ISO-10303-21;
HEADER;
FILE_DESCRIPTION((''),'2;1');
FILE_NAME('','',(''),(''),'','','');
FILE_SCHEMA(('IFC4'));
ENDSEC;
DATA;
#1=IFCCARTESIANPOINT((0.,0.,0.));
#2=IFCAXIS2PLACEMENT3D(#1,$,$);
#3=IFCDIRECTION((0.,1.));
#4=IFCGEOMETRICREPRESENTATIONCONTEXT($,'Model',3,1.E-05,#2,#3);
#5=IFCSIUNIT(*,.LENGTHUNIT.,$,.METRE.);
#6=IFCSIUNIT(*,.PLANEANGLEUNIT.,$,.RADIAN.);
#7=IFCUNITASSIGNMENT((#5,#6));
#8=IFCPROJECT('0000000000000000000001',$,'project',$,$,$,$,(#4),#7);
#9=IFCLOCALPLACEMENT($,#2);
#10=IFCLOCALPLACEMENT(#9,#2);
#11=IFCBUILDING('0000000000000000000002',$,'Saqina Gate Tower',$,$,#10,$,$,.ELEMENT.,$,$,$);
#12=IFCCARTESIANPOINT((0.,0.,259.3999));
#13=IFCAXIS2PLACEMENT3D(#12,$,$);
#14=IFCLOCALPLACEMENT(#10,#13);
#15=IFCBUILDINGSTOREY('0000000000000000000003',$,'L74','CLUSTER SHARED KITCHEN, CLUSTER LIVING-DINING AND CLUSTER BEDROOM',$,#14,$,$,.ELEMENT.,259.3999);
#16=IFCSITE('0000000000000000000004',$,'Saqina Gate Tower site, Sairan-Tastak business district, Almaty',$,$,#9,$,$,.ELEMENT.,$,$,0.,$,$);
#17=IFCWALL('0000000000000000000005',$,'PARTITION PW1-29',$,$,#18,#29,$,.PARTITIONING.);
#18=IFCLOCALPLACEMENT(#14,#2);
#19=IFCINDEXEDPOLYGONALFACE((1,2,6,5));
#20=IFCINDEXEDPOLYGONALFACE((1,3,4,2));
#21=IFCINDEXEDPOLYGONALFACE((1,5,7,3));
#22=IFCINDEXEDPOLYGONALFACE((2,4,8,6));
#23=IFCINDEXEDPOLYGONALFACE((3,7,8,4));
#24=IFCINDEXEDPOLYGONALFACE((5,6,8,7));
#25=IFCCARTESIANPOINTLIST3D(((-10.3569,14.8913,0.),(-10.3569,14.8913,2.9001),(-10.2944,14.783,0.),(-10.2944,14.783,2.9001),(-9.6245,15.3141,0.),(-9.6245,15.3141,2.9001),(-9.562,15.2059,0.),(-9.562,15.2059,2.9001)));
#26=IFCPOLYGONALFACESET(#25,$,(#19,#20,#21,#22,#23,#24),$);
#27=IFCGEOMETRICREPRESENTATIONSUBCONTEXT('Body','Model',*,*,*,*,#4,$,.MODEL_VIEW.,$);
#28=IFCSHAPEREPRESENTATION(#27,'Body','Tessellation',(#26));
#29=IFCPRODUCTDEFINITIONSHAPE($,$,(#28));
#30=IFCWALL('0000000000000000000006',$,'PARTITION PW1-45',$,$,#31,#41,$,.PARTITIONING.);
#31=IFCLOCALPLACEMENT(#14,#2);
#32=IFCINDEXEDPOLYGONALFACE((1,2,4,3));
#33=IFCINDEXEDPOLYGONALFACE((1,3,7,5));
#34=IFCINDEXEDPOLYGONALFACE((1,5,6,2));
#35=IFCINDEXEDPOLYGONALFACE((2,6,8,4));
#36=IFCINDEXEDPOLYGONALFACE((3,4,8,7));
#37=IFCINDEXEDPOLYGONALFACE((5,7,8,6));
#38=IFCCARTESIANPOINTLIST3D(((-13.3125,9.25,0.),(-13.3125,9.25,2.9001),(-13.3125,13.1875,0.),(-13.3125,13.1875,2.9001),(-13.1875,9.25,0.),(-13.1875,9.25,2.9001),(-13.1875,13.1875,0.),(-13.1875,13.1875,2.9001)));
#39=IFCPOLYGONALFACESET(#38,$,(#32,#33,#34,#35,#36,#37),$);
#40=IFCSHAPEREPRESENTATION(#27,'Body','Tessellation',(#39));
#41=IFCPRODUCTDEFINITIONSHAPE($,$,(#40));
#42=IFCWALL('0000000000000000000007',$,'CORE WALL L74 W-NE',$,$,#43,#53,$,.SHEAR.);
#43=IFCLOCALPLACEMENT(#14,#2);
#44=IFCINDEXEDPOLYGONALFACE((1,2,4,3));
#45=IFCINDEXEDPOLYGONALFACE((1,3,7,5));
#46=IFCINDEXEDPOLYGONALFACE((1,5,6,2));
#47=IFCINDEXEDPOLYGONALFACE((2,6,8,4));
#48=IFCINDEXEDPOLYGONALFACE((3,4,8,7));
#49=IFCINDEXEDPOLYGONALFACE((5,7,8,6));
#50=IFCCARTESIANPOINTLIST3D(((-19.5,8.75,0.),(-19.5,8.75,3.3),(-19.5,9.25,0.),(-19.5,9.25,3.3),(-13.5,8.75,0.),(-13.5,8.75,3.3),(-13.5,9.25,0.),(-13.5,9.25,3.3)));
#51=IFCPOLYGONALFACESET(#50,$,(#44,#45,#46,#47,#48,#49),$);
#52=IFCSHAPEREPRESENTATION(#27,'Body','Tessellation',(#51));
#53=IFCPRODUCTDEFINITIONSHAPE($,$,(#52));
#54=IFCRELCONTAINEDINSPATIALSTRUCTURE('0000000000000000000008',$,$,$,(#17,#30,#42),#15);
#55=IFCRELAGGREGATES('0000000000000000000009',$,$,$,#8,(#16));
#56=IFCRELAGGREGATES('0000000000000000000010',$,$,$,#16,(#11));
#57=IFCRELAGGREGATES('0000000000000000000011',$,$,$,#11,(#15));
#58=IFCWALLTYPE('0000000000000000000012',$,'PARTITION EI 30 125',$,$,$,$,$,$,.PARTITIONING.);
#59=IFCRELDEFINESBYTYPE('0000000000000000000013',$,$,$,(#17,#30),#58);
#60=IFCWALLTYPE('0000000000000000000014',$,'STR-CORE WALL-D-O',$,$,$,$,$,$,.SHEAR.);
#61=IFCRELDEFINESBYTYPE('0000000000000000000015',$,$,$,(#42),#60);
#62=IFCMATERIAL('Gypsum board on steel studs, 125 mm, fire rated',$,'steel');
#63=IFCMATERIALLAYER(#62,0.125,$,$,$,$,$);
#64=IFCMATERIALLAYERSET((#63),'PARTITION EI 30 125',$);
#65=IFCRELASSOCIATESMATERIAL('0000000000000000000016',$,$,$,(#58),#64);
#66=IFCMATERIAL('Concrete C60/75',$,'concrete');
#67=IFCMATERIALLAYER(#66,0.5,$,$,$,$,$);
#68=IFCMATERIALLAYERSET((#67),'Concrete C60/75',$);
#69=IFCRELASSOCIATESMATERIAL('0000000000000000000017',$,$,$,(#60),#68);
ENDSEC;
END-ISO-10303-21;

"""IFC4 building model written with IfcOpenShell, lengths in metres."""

from ifc_helpers import new_model, si_unit, direction, frame, frame_2d, origin, place, context, subcontext, project, spatial, rectangle, extrude, material, layer, layer_set, type_object, element, save


model = new_model("IFC4")

# Units and contexts
model_context = context("Model", 3, precision=1e-05, world=origin(), true_north=direction((0.0, 1.0)))
body_context = subcontext(model_context, "Body", "Model", "MODEL_VIEW")
ifc_project = project(units=[si_unit("LENGTHUNIT", "METRE"), si_unit("PLANEANGLEUNIT", "RADIAN")], contexts=[model_context])

# Site, building, storey
site_placement = place(None, origin())
site = spatial("IfcSite", under=ifc_project, at=site_placement, Name="Saqina Gate Tower site, Sairan-Tastak business district, Almaty", CompositionType="ELEMENT", RefElevation=0.0)
building_placement = place(site_placement, origin())
building = spatial("IfcBuilding", under=site, at=building_placement, Name="Saqina Gate Tower", CompositionType="ELEMENT")
storey_placement = place(building_placement, frame((0.0, 0.0, 259.3999)))
storey = spatial("IfcBuildingStorey", under=building, at=storey_placement, Name="L74", Description="CLUSTER SHARED KITCHEN, CLUSTER LIVING-DINING AND CLUSTER BEDROOM", CompositionType="ELEMENT", Elevation=259.3999)

# Shared definitions
ifc_material_1 = material(Name="Gypsum board on steel studs, 125 mm, fire rated", Category="steel")
ifc_layer_1 = layer(ifc_material_1, 0.125)
ifc_layer_set_1 = layer_set([ifc_layer_1], Name="PARTITION EI 30 125")
wall_type_1 = type_object("IfcWallType", Name="PARTITION EI 30 125", PredefinedType="PARTITIONING", material=ifc_layer_set_1)

# Walls
wall_1_placement = place(storey_placement, frame((-10.3257, 14.8372, 0.0), z_axis=(0.0, 0.0, 1.0), x_axis=(0.866032, 0.499989, 0.0)))
element("IfcWall", 1, at=wall_1_placement, inside=storey, type_object=wall_type_1, Name="PARTITION PW1-29", PredefinedType="PARTITIONING", context=body_context, shape_type="SweptSolid", body=[
    extrude(rectangle(XDim=0.8457, YDim=0.125, at=frame_2d((0.4229, 0.0))), origin(), (0.0, 0.0, 1.0), 2.9001),
])
wall_2_placement = place(storey_placement, frame((-13.25, 9.25, 0.0), z_axis=(0.0, 0.0, 1.0), x_axis=(0.0, 1.0, 0.0)))
element("IfcWall", 2, at=wall_2_placement, inside=storey, type_object=wall_type_1, Name="PARTITION PW1-45", PredefinedType="PARTITIONING", context=body_context, shape_type="SweptSolid", body=[
    extrude(rectangle(XDim=3.9375, YDim=0.125, at=frame_2d((1.9688, 0.0))), origin(), (0.0, 0.0, 1.0), 2.9001),
])
ifc_material_2 = material(Name="Concrete C60/75", Category="concrete")
ifc_layer_2 = layer(ifc_material_2, 0.5)
ifc_layer_set_2 = layer_set([ifc_layer_2], Name="Concrete C60/75")
wall_type_2 = type_object("IfcWallType", Name="STR-CORE WALL-D-O", PredefinedType="SHEAR", material=ifc_layer_set_2)
wall_3_placement = place(storey_placement, frame((-13.5, 9.0, 0.0), z_axis=(0.0, 0.0, 1.0), x_axis=(-1.0, 0.0, 0.0)))
element("IfcWall", 3, at=wall_3_placement, inside=storey, type_object=wall_type_2, Name="CORE WALL L74 W-NE", PredefinedType="SHEAR", context=body_context, shape_type="SweptSolid", body=[
    extrude(rectangle(XDim=6.0, YDim=0.5, at=frame_2d((3.0, 0.0))), origin(), (0.0, 0.0, 1.0), 3.3),
])

save(model, "model.ifc")
